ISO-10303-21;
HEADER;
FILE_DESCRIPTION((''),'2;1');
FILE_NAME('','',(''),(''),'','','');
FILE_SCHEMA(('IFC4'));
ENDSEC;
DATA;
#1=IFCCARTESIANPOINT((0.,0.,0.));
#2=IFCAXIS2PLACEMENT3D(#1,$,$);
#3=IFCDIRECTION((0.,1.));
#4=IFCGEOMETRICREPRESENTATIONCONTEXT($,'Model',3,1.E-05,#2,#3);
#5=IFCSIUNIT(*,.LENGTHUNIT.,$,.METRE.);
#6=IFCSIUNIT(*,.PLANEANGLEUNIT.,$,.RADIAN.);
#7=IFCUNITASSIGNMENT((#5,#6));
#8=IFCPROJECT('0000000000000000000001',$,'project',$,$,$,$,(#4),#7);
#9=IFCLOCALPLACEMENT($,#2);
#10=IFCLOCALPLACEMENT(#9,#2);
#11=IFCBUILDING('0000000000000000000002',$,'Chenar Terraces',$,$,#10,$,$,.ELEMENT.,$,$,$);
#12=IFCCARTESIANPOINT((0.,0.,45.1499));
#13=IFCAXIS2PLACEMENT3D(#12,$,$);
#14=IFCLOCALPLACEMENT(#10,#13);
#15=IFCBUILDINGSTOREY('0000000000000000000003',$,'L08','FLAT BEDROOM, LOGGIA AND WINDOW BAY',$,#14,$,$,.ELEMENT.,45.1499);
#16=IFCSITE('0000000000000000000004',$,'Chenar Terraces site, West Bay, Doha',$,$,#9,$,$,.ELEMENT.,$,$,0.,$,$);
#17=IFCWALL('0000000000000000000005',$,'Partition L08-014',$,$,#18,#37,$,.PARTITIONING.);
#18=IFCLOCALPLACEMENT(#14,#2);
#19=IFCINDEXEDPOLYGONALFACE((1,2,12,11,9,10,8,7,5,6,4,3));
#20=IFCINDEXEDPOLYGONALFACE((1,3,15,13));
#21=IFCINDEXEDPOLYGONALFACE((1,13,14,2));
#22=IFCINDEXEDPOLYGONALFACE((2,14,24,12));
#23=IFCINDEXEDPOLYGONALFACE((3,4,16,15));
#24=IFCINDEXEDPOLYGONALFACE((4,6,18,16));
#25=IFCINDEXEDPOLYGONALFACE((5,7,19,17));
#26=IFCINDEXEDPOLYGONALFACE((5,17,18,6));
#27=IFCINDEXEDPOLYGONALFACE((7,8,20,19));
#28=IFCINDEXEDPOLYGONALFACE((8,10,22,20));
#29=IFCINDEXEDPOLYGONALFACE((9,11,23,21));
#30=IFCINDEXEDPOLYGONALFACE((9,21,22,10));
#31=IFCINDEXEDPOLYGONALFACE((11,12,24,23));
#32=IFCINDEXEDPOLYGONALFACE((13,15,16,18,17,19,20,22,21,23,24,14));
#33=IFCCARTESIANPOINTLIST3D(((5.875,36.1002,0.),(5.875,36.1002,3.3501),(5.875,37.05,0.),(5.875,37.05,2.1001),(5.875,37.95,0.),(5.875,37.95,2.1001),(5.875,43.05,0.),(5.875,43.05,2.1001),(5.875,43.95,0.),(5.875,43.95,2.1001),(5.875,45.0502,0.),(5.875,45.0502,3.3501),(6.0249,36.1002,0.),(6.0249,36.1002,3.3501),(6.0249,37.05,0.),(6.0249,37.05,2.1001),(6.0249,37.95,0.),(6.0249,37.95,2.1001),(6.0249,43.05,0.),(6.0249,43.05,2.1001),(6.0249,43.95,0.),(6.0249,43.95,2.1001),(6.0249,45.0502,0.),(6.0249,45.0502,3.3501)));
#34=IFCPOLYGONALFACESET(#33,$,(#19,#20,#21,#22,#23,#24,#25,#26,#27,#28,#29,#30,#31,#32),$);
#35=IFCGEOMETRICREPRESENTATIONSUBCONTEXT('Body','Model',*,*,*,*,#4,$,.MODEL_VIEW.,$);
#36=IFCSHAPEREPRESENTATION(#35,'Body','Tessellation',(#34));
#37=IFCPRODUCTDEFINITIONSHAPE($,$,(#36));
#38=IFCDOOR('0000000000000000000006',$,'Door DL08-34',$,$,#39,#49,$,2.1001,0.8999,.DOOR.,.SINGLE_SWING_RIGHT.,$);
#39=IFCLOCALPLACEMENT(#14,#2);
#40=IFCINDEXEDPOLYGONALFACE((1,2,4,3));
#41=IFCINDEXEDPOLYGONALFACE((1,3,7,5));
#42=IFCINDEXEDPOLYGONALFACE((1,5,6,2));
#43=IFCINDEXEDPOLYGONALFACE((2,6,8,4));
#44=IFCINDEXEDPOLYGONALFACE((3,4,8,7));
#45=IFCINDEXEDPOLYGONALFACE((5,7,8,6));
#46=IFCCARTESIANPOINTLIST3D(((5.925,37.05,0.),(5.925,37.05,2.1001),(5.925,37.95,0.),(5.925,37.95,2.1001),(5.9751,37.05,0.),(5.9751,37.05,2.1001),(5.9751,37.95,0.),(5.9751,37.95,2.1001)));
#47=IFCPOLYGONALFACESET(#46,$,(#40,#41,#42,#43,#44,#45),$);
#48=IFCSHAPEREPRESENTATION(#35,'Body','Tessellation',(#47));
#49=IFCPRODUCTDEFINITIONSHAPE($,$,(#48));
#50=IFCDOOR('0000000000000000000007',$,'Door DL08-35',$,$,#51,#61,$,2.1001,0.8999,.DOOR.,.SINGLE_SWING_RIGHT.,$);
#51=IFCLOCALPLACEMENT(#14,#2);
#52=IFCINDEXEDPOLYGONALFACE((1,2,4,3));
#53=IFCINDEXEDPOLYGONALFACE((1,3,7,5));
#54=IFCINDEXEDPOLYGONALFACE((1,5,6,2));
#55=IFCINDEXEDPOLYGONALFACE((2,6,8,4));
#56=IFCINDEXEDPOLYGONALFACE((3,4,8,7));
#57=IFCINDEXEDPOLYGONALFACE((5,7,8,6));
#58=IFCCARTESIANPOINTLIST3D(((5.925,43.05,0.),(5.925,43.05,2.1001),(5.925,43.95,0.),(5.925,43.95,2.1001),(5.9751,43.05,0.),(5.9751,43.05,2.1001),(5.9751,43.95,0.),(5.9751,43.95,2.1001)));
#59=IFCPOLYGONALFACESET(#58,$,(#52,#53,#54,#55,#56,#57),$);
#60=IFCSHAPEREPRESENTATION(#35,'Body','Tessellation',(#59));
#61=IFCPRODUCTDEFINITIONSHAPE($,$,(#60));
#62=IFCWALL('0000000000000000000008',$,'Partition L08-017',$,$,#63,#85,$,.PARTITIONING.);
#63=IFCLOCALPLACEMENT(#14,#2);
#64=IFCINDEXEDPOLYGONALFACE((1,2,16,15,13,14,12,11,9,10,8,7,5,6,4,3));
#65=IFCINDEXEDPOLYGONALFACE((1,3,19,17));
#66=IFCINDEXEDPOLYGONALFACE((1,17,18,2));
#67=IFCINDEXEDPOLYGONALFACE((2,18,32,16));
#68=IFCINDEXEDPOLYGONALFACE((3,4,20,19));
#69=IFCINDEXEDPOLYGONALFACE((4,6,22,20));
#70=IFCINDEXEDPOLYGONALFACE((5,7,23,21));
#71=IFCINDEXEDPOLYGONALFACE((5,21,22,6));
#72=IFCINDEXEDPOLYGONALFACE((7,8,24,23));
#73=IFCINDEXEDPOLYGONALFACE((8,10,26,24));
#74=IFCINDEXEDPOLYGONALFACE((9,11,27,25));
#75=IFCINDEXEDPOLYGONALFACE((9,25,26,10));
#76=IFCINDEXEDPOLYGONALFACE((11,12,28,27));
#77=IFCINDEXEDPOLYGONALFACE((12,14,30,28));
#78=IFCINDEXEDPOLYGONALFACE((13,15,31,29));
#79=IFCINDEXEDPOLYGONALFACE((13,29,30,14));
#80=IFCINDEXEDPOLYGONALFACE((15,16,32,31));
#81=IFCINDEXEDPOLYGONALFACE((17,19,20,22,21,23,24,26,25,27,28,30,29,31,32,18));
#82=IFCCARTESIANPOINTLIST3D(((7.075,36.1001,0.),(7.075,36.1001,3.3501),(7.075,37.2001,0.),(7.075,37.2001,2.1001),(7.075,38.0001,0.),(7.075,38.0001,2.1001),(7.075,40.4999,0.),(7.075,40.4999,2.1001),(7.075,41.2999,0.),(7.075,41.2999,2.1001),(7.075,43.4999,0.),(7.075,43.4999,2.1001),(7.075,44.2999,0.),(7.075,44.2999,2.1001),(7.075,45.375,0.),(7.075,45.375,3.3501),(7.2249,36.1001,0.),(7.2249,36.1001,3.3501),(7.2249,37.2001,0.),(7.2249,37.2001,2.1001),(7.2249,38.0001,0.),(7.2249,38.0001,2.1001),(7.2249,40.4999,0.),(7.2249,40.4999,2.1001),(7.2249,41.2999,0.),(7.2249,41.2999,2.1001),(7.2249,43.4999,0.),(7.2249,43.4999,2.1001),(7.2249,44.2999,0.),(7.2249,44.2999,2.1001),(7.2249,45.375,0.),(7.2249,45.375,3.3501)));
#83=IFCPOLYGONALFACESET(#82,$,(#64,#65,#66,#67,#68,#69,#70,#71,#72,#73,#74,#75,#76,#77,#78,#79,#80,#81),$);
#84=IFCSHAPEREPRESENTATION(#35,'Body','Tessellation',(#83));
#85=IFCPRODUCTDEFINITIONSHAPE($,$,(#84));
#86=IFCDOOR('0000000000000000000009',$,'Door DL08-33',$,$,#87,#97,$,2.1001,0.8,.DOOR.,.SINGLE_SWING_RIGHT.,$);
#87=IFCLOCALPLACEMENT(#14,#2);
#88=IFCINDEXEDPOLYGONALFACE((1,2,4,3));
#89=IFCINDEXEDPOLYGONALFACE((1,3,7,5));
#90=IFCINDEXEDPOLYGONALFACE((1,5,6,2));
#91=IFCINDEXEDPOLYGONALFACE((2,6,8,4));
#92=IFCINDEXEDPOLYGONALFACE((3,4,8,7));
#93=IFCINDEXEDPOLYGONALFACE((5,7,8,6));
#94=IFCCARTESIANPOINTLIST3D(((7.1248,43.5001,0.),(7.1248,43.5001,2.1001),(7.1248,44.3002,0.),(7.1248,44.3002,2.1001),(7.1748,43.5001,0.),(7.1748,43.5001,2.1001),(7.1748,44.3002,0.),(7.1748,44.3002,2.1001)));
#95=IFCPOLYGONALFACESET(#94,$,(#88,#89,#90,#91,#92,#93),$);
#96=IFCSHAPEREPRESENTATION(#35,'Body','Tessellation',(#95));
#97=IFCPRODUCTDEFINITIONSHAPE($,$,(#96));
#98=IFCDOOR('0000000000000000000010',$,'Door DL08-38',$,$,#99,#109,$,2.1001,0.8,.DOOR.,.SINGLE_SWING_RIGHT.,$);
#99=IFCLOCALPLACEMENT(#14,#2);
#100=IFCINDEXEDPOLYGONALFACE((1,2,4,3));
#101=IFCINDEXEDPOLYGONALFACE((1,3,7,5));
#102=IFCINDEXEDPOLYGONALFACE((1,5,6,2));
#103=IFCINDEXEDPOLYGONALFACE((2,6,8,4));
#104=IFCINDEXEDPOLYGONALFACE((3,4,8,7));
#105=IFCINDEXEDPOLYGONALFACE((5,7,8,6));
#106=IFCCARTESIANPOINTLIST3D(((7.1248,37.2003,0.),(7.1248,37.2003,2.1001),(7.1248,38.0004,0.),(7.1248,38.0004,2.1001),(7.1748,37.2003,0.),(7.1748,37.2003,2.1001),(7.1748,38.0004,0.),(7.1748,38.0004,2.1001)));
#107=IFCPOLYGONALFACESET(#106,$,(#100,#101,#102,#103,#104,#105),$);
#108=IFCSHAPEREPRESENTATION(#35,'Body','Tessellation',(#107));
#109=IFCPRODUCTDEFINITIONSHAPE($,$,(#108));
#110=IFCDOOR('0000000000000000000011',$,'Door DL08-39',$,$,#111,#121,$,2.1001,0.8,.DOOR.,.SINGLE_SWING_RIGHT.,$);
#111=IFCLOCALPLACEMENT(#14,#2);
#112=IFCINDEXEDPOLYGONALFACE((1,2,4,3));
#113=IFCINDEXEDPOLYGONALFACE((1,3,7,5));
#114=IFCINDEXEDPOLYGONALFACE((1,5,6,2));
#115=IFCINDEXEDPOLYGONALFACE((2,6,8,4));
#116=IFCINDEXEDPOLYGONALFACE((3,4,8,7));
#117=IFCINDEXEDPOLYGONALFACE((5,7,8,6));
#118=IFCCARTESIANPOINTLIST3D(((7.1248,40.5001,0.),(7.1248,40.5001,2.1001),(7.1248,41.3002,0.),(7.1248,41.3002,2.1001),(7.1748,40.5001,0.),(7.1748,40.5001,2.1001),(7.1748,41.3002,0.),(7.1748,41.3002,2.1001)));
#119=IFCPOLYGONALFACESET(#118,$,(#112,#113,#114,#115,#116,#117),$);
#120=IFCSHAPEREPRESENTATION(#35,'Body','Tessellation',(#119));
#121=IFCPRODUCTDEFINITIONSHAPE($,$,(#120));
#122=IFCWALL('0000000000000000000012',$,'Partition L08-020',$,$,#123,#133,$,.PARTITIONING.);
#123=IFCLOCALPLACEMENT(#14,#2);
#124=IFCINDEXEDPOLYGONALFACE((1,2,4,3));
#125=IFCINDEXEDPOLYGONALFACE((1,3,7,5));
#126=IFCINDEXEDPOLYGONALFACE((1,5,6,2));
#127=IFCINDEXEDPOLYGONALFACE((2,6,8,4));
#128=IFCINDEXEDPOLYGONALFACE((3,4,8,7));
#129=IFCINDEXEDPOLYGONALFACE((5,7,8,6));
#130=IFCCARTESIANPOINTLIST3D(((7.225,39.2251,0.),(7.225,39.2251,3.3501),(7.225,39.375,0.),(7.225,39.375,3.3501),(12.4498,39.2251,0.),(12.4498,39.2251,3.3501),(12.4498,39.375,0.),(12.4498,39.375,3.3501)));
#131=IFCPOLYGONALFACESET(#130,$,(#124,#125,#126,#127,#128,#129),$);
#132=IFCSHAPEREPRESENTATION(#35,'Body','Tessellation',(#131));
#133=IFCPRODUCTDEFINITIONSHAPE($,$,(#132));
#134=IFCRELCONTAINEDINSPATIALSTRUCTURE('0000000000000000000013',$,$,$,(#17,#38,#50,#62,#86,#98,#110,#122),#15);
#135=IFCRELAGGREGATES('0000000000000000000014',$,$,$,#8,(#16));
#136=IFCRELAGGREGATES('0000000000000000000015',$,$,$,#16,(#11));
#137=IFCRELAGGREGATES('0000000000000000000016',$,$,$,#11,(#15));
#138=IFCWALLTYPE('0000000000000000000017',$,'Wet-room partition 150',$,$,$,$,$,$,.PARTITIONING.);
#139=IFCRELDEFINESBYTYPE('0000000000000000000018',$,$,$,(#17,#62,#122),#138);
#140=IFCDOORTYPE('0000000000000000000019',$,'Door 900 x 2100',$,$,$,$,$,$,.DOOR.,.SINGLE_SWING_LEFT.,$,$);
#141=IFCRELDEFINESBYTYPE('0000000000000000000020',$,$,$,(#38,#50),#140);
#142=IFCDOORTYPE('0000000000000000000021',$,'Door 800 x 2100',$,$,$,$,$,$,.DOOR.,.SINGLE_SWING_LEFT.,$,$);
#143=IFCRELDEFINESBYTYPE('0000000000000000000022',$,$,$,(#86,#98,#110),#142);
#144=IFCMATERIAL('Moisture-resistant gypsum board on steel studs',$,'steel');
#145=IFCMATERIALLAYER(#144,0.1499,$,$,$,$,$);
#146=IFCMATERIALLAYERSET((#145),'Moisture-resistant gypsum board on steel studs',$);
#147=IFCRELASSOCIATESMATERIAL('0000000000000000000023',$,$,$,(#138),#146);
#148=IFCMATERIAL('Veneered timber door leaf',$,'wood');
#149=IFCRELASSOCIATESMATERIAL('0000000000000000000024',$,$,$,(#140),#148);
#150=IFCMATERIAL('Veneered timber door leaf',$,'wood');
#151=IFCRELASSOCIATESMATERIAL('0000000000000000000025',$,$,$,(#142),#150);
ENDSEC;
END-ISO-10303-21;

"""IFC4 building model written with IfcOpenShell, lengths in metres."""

from ifc_helpers import new_model, si_unit, direction, frame, frame_2d, origin, place, context, subcontext, project, spatial, rectangle, extrude, material, layer, layer_set, type_object, element, fill, save


model = new_model("IFC4")

# Units and contexts
model_context = context("Model", 3, precision=1e-05, world=origin(), true_north=direction((0.0, 1.0)))
body_context = subcontext(model_context, "Body", "Model", "MODEL_VIEW")
ifc_project = project(units=[si_unit("LENGTHUNIT", "METRE"), si_unit("PLANEANGLEUNIT", "RADIAN")], contexts=[model_context])

# Site, building, storey
site_placement = place(None, origin())
site = spatial("IfcSite", under=ifc_project, at=site_placement, Name="Chenar Terraces site, West Bay, Doha", CompositionType="ELEMENT", RefElevation=0.0)
building_placement = place(site_placement, origin())
building = spatial("IfcBuilding", under=site, at=building_placement, Name="Chenar Terraces", CompositionType="ELEMENT")
storey_placement = place(building_placement, frame((0.0, 0.0, 45.1499)))
storey = spatial("IfcBuildingStorey", under=building, at=storey_placement, Name="L08", Description="FLAT BEDROOM, LOGGIA AND WINDOW BAY", CompositionType="ELEMENT", Elevation=45.1499)

# Shared definitions
ifc_material_1 = material(Name="Moisture-resistant gypsum board on steel studs", Category="steel")
ifc_layer_1 = layer(ifc_material_1, 0.1499)
ifc_layer_set_1 = layer_set([ifc_layer_1], Name="Moisture-resistant gypsum board on steel studs")
wall_type_1 = type_object("IfcWallType", Name="Wet-room partition 150", PredefinedType="PARTITIONING", material=ifc_layer_set_1)

# Walls, openings, doors
wall_1_placement = place(storey_placement, frame((5.95, 36.1001, 0.0), z_axis=(0.0, 0.0, 1.0), x_axis=(0.0, 1.0, 0.0)))
wall_1 = element("IfcWall", 1, at=wall_1_placement, inside=storey, type_object=wall_type_1, Name="Partition L08-014", PredefinedType="PARTITIONING", context=body_context, shape_type="SweptSolid", body=[
    extrude(rectangle(XDim=8.95, YDim=0.1499, at=frame_2d((4.4751, 0.0))), origin(), (0.0, 0.0, 1.0), 3.3501),
])
opening_1_placement = place(wall_1_placement, frame((0.95, 0.0, 0.0)))
opening_1 = element("IfcOpeningElement", 2, at=opening_1_placement, cuts=wall_1, PredefinedType="OPENING", context=body_context, shape_type="SweptSolid", body=[
    extrude(rectangle(XDim=0.8999, YDim=2.1001, at=frame_2d((0.45, 1.05))), frame((0.0, 0.085, 0.0), z_axis=(0.0, -1.0, 0.0), x_axis=(1.0, 0.0, 0.0)), (0.0, 0.0, 1.0), 0.1699),
])
opening_2_placement = place(wall_1_placement, frame((6.95, 0.0, 0.0)))
opening_2 = element("IfcOpeningElement", 3, at=opening_2_placement, cuts=wall_1, PredefinedType="OPENING", context=body_context, shape_type="SweptSolid", body=[
    extrude(rectangle(XDim=0.8999, YDim=2.1001, at=frame_2d((0.45, 1.05))), frame((0.0, 0.085, 0.0), z_axis=(0.0, -1.0, 0.0), x_axis=(1.0, 0.0, 0.0)), (0.0, 0.0, 1.0), 0.1699),
])
ifc_material_2 = material(Name="Veneered timber door leaf", Category="wood")
door_type_1 = type_object("IfcDoorType", Name="Door 900 x 2100", OperationType="SINGLE_SWING_LEFT", PredefinedType="DOOR", material=ifc_material_2)
door_1_placement = place(opening_1_placement, origin())
door_1 = element("IfcDoor", 4, at=door_1_placement, inside=storey, type_object=door_type_1, Name="Door DL08-34", OperationType="SINGLE_SWING_RIGHT", OverallHeight=2.1001, OverallWidth=0.8999, PredefinedType="DOOR", context=body_context, shape_type="SweptSolid", body=[
    extrude(rectangle(XDim=0.8999, YDim=2.1001, at=frame_2d((0.45, 1.05))), frame((0.0, 0.0249, 0.0), z_axis=(0.0, -1.0, 0.0), x_axis=(1.0, 0.0, 0.0)), (0.0, 0.0, 1.0), 0.05),
])
fill(opening_1, door_1)
door_2_placement = place(opening_2_placement, origin())
door_2 = element("IfcDoor", 5, at=door_2_placement, inside=storey, type_object=door_type_1, Name="Door DL08-35", OperationType="SINGLE_SWING_RIGHT", OverallHeight=2.1001, OverallWidth=0.8999, PredefinedType="DOOR", context=body_context, shape_type="SweptSolid", body=[
    extrude(rectangle(XDim=0.8999, YDim=2.1001, at=frame_2d((0.45, 1.05))), frame((0.0, 0.0249, 0.0), z_axis=(0.0, -1.0, 0.0), x_axis=(1.0, 0.0, 0.0)), (0.0, 0.0, 1.0), 0.05),
])
fill(opening_2, door_2)
wall_2_placement = place(storey_placement, frame((7.1499, 36.1001, 0.0), z_axis=(0.0, 0.0, 1.0), x_axis=(0.0, 1.0, 0.0)))
wall_2 = element("IfcWall", 6, at=wall_2_placement, inside=storey, type_object=wall_type_1, Name="Partition L08-017", PredefinedType="PARTITIONING", context=body_context, shape_type="SweptSolid", body=[
    extrude(rectangle(XDim=9.2749, YDim=0.1499, at=frame_2d((4.6375, 0.0))), origin(), (0.0, 0.0, 1.0), 3.3501),
])
opening_3_placement = place(wall_2_placement, frame((7.3999, 0.0, 0.0)))
opening_3 = element("IfcOpeningElement", 7, at=opening_3_placement, cuts=wall_2, PredefinedType="OPENING", context=body_context, shape_type="SweptSolid", body=[
    extrude(rectangle(XDim=0.8, YDim=2.1001, at=frame_2d((0.3999, 1.05))), frame((0.0, 0.085, 0.0), z_axis=(0.0, -1.0, 0.0), x_axis=(1.0, 0.0, 0.0)), (0.0, 0.0, 1.0), 0.1699),
])
opening_4_placement = place(wall_2_placement, frame((1.1001, 0.0, 0.0)))
opening_4 = element("IfcOpeningElement", 8, at=opening_4_placement, cuts=wall_2, PredefinedType="OPENING", context=body_context, shape_type="SweptSolid", body=[
    extrude(rectangle(XDim=0.8, YDim=2.1001, at=frame_2d((0.3999, 1.05))), frame((0.0, 0.085, 0.0), z_axis=(0.0, -1.0, 0.0), x_axis=(1.0, 0.0, 0.0)), (0.0, 0.0, 1.0), 0.1699),
])
opening_5_placement = place(wall_2_placement, frame((4.3999, 0.0, 0.0)))
opening_5 = element("IfcOpeningElement", 9, at=opening_5_placement, cuts=wall_2, PredefinedType="OPENING", context=body_context, shape_type="SweptSolid", body=[
    extrude(rectangle(XDim=0.8, YDim=2.1001, at=frame_2d((0.3999, 1.05))), frame((0.0, 0.085, 0.0), z_axis=(0.0, -1.0, 0.0), x_axis=(1.0, 0.0, 0.0)), (0.0, 0.0, 1.0), 0.1699),
])
ifc_material_3 = material(Name="Veneered timber door leaf", Category="wood")
door_type_2 = type_object("IfcDoorType", Name="Door 800 x 2100", OperationType="SINGLE_SWING_LEFT", PredefinedType="DOOR", material=ifc_material_3)
door_3_placement = place(opening_3_placement, frame((0.8, 0.0, 0.0), z_axis=(0.0, 0.0, 1.0), x_axis=(-1.0, 0.0, 0.0)))
door_3 = element("IfcDoor", 10, at=door_3_placement, inside=storey, type_object=door_type_2, Name="Door DL08-33", OperationType="SINGLE_SWING_RIGHT", OverallHeight=2.1001, OverallWidth=0.8, PredefinedType="DOOR", context=body_context, shape_type="SweptSolid", body=[
    extrude(rectangle(XDim=0.8, YDim=2.1001, at=frame_2d((0.3999, 1.05))), frame((0.0, 0.0249, 0.0), z_axis=(0.0, -1.0, 0.0), x_axis=(1.0, 0.0, 0.0)), (0.0, 0.0, 1.0), 0.05),
])
fill(opening_3, door_3)
door_4_placement = place(opening_4_placement, frame((0.8, 0.0, 0.0), z_axis=(0.0, 0.0, 1.0), x_axis=(-1.0, 0.0, 0.0)))
door_4 = element("IfcDoor", 11, at=door_4_placement, inside=storey, type_object=door_type_2, Name="Door DL08-38", OperationType="SINGLE_SWING_RIGHT", OverallHeight=2.1001, OverallWidth=0.8, PredefinedType="DOOR", context=body_context, shape_type="SweptSolid", body=[
    extrude(rectangle(XDim=0.8, YDim=2.1001, at=frame_2d((0.3999, 1.05))), frame((0.0, 0.0249, 0.0), z_axis=(0.0, -1.0, 0.0), x_axis=(1.0, 0.0, 0.0)), (0.0, 0.0, 1.0), 0.05),
])
fill(opening_4, door_4)
door_5_placement = place(opening_5_placement, frame((0.8, 0.0, 0.0), z_axis=(0.0, 0.0, 1.0), x_axis=(-1.0, 0.0, 0.0)))
door_5 = element("IfcDoor", 12, at=door_5_placement, inside=storey, type_object=door_type_2, Name="Door DL08-39", OperationType="SINGLE_SWING_RIGHT", OverallHeight=2.1001, OverallWidth=0.8, PredefinedType="DOOR", context=body_context, shape_type="SweptSolid", body=[
    extrude(rectangle(XDim=0.8, YDim=2.1001, at=frame_2d((0.3999, 1.05))), frame((0.0, 0.0249, 0.0), z_axis=(0.0, -1.0, 0.0), x_axis=(1.0, 0.0, 0.0)), (0.0, 0.0, 1.0), 0.05),
])
fill(opening_5, door_5)

# Wall
wall_3_placement = place(storey_placement, frame((7.2251, 39.3, 0.0), z_axis=(0.0, 0.0, 1.0), x_axis=(1.0, 0.0, 0.0)))
element("IfcWall", 13, at=wall_3_placement, inside=storey, type_object=wall_type_1, Name="Partition L08-020", PredefinedType="PARTITIONING", context=body_context, shape_type="SweptSolid", body=[
    extrude(rectangle(XDim=5.2249, YDim=0.1499, at=frame_2d((2.6123, 0.0))), origin(), (0.0, 0.0, 1.0), 3.3501),
])

save(model, "model.ifc")
